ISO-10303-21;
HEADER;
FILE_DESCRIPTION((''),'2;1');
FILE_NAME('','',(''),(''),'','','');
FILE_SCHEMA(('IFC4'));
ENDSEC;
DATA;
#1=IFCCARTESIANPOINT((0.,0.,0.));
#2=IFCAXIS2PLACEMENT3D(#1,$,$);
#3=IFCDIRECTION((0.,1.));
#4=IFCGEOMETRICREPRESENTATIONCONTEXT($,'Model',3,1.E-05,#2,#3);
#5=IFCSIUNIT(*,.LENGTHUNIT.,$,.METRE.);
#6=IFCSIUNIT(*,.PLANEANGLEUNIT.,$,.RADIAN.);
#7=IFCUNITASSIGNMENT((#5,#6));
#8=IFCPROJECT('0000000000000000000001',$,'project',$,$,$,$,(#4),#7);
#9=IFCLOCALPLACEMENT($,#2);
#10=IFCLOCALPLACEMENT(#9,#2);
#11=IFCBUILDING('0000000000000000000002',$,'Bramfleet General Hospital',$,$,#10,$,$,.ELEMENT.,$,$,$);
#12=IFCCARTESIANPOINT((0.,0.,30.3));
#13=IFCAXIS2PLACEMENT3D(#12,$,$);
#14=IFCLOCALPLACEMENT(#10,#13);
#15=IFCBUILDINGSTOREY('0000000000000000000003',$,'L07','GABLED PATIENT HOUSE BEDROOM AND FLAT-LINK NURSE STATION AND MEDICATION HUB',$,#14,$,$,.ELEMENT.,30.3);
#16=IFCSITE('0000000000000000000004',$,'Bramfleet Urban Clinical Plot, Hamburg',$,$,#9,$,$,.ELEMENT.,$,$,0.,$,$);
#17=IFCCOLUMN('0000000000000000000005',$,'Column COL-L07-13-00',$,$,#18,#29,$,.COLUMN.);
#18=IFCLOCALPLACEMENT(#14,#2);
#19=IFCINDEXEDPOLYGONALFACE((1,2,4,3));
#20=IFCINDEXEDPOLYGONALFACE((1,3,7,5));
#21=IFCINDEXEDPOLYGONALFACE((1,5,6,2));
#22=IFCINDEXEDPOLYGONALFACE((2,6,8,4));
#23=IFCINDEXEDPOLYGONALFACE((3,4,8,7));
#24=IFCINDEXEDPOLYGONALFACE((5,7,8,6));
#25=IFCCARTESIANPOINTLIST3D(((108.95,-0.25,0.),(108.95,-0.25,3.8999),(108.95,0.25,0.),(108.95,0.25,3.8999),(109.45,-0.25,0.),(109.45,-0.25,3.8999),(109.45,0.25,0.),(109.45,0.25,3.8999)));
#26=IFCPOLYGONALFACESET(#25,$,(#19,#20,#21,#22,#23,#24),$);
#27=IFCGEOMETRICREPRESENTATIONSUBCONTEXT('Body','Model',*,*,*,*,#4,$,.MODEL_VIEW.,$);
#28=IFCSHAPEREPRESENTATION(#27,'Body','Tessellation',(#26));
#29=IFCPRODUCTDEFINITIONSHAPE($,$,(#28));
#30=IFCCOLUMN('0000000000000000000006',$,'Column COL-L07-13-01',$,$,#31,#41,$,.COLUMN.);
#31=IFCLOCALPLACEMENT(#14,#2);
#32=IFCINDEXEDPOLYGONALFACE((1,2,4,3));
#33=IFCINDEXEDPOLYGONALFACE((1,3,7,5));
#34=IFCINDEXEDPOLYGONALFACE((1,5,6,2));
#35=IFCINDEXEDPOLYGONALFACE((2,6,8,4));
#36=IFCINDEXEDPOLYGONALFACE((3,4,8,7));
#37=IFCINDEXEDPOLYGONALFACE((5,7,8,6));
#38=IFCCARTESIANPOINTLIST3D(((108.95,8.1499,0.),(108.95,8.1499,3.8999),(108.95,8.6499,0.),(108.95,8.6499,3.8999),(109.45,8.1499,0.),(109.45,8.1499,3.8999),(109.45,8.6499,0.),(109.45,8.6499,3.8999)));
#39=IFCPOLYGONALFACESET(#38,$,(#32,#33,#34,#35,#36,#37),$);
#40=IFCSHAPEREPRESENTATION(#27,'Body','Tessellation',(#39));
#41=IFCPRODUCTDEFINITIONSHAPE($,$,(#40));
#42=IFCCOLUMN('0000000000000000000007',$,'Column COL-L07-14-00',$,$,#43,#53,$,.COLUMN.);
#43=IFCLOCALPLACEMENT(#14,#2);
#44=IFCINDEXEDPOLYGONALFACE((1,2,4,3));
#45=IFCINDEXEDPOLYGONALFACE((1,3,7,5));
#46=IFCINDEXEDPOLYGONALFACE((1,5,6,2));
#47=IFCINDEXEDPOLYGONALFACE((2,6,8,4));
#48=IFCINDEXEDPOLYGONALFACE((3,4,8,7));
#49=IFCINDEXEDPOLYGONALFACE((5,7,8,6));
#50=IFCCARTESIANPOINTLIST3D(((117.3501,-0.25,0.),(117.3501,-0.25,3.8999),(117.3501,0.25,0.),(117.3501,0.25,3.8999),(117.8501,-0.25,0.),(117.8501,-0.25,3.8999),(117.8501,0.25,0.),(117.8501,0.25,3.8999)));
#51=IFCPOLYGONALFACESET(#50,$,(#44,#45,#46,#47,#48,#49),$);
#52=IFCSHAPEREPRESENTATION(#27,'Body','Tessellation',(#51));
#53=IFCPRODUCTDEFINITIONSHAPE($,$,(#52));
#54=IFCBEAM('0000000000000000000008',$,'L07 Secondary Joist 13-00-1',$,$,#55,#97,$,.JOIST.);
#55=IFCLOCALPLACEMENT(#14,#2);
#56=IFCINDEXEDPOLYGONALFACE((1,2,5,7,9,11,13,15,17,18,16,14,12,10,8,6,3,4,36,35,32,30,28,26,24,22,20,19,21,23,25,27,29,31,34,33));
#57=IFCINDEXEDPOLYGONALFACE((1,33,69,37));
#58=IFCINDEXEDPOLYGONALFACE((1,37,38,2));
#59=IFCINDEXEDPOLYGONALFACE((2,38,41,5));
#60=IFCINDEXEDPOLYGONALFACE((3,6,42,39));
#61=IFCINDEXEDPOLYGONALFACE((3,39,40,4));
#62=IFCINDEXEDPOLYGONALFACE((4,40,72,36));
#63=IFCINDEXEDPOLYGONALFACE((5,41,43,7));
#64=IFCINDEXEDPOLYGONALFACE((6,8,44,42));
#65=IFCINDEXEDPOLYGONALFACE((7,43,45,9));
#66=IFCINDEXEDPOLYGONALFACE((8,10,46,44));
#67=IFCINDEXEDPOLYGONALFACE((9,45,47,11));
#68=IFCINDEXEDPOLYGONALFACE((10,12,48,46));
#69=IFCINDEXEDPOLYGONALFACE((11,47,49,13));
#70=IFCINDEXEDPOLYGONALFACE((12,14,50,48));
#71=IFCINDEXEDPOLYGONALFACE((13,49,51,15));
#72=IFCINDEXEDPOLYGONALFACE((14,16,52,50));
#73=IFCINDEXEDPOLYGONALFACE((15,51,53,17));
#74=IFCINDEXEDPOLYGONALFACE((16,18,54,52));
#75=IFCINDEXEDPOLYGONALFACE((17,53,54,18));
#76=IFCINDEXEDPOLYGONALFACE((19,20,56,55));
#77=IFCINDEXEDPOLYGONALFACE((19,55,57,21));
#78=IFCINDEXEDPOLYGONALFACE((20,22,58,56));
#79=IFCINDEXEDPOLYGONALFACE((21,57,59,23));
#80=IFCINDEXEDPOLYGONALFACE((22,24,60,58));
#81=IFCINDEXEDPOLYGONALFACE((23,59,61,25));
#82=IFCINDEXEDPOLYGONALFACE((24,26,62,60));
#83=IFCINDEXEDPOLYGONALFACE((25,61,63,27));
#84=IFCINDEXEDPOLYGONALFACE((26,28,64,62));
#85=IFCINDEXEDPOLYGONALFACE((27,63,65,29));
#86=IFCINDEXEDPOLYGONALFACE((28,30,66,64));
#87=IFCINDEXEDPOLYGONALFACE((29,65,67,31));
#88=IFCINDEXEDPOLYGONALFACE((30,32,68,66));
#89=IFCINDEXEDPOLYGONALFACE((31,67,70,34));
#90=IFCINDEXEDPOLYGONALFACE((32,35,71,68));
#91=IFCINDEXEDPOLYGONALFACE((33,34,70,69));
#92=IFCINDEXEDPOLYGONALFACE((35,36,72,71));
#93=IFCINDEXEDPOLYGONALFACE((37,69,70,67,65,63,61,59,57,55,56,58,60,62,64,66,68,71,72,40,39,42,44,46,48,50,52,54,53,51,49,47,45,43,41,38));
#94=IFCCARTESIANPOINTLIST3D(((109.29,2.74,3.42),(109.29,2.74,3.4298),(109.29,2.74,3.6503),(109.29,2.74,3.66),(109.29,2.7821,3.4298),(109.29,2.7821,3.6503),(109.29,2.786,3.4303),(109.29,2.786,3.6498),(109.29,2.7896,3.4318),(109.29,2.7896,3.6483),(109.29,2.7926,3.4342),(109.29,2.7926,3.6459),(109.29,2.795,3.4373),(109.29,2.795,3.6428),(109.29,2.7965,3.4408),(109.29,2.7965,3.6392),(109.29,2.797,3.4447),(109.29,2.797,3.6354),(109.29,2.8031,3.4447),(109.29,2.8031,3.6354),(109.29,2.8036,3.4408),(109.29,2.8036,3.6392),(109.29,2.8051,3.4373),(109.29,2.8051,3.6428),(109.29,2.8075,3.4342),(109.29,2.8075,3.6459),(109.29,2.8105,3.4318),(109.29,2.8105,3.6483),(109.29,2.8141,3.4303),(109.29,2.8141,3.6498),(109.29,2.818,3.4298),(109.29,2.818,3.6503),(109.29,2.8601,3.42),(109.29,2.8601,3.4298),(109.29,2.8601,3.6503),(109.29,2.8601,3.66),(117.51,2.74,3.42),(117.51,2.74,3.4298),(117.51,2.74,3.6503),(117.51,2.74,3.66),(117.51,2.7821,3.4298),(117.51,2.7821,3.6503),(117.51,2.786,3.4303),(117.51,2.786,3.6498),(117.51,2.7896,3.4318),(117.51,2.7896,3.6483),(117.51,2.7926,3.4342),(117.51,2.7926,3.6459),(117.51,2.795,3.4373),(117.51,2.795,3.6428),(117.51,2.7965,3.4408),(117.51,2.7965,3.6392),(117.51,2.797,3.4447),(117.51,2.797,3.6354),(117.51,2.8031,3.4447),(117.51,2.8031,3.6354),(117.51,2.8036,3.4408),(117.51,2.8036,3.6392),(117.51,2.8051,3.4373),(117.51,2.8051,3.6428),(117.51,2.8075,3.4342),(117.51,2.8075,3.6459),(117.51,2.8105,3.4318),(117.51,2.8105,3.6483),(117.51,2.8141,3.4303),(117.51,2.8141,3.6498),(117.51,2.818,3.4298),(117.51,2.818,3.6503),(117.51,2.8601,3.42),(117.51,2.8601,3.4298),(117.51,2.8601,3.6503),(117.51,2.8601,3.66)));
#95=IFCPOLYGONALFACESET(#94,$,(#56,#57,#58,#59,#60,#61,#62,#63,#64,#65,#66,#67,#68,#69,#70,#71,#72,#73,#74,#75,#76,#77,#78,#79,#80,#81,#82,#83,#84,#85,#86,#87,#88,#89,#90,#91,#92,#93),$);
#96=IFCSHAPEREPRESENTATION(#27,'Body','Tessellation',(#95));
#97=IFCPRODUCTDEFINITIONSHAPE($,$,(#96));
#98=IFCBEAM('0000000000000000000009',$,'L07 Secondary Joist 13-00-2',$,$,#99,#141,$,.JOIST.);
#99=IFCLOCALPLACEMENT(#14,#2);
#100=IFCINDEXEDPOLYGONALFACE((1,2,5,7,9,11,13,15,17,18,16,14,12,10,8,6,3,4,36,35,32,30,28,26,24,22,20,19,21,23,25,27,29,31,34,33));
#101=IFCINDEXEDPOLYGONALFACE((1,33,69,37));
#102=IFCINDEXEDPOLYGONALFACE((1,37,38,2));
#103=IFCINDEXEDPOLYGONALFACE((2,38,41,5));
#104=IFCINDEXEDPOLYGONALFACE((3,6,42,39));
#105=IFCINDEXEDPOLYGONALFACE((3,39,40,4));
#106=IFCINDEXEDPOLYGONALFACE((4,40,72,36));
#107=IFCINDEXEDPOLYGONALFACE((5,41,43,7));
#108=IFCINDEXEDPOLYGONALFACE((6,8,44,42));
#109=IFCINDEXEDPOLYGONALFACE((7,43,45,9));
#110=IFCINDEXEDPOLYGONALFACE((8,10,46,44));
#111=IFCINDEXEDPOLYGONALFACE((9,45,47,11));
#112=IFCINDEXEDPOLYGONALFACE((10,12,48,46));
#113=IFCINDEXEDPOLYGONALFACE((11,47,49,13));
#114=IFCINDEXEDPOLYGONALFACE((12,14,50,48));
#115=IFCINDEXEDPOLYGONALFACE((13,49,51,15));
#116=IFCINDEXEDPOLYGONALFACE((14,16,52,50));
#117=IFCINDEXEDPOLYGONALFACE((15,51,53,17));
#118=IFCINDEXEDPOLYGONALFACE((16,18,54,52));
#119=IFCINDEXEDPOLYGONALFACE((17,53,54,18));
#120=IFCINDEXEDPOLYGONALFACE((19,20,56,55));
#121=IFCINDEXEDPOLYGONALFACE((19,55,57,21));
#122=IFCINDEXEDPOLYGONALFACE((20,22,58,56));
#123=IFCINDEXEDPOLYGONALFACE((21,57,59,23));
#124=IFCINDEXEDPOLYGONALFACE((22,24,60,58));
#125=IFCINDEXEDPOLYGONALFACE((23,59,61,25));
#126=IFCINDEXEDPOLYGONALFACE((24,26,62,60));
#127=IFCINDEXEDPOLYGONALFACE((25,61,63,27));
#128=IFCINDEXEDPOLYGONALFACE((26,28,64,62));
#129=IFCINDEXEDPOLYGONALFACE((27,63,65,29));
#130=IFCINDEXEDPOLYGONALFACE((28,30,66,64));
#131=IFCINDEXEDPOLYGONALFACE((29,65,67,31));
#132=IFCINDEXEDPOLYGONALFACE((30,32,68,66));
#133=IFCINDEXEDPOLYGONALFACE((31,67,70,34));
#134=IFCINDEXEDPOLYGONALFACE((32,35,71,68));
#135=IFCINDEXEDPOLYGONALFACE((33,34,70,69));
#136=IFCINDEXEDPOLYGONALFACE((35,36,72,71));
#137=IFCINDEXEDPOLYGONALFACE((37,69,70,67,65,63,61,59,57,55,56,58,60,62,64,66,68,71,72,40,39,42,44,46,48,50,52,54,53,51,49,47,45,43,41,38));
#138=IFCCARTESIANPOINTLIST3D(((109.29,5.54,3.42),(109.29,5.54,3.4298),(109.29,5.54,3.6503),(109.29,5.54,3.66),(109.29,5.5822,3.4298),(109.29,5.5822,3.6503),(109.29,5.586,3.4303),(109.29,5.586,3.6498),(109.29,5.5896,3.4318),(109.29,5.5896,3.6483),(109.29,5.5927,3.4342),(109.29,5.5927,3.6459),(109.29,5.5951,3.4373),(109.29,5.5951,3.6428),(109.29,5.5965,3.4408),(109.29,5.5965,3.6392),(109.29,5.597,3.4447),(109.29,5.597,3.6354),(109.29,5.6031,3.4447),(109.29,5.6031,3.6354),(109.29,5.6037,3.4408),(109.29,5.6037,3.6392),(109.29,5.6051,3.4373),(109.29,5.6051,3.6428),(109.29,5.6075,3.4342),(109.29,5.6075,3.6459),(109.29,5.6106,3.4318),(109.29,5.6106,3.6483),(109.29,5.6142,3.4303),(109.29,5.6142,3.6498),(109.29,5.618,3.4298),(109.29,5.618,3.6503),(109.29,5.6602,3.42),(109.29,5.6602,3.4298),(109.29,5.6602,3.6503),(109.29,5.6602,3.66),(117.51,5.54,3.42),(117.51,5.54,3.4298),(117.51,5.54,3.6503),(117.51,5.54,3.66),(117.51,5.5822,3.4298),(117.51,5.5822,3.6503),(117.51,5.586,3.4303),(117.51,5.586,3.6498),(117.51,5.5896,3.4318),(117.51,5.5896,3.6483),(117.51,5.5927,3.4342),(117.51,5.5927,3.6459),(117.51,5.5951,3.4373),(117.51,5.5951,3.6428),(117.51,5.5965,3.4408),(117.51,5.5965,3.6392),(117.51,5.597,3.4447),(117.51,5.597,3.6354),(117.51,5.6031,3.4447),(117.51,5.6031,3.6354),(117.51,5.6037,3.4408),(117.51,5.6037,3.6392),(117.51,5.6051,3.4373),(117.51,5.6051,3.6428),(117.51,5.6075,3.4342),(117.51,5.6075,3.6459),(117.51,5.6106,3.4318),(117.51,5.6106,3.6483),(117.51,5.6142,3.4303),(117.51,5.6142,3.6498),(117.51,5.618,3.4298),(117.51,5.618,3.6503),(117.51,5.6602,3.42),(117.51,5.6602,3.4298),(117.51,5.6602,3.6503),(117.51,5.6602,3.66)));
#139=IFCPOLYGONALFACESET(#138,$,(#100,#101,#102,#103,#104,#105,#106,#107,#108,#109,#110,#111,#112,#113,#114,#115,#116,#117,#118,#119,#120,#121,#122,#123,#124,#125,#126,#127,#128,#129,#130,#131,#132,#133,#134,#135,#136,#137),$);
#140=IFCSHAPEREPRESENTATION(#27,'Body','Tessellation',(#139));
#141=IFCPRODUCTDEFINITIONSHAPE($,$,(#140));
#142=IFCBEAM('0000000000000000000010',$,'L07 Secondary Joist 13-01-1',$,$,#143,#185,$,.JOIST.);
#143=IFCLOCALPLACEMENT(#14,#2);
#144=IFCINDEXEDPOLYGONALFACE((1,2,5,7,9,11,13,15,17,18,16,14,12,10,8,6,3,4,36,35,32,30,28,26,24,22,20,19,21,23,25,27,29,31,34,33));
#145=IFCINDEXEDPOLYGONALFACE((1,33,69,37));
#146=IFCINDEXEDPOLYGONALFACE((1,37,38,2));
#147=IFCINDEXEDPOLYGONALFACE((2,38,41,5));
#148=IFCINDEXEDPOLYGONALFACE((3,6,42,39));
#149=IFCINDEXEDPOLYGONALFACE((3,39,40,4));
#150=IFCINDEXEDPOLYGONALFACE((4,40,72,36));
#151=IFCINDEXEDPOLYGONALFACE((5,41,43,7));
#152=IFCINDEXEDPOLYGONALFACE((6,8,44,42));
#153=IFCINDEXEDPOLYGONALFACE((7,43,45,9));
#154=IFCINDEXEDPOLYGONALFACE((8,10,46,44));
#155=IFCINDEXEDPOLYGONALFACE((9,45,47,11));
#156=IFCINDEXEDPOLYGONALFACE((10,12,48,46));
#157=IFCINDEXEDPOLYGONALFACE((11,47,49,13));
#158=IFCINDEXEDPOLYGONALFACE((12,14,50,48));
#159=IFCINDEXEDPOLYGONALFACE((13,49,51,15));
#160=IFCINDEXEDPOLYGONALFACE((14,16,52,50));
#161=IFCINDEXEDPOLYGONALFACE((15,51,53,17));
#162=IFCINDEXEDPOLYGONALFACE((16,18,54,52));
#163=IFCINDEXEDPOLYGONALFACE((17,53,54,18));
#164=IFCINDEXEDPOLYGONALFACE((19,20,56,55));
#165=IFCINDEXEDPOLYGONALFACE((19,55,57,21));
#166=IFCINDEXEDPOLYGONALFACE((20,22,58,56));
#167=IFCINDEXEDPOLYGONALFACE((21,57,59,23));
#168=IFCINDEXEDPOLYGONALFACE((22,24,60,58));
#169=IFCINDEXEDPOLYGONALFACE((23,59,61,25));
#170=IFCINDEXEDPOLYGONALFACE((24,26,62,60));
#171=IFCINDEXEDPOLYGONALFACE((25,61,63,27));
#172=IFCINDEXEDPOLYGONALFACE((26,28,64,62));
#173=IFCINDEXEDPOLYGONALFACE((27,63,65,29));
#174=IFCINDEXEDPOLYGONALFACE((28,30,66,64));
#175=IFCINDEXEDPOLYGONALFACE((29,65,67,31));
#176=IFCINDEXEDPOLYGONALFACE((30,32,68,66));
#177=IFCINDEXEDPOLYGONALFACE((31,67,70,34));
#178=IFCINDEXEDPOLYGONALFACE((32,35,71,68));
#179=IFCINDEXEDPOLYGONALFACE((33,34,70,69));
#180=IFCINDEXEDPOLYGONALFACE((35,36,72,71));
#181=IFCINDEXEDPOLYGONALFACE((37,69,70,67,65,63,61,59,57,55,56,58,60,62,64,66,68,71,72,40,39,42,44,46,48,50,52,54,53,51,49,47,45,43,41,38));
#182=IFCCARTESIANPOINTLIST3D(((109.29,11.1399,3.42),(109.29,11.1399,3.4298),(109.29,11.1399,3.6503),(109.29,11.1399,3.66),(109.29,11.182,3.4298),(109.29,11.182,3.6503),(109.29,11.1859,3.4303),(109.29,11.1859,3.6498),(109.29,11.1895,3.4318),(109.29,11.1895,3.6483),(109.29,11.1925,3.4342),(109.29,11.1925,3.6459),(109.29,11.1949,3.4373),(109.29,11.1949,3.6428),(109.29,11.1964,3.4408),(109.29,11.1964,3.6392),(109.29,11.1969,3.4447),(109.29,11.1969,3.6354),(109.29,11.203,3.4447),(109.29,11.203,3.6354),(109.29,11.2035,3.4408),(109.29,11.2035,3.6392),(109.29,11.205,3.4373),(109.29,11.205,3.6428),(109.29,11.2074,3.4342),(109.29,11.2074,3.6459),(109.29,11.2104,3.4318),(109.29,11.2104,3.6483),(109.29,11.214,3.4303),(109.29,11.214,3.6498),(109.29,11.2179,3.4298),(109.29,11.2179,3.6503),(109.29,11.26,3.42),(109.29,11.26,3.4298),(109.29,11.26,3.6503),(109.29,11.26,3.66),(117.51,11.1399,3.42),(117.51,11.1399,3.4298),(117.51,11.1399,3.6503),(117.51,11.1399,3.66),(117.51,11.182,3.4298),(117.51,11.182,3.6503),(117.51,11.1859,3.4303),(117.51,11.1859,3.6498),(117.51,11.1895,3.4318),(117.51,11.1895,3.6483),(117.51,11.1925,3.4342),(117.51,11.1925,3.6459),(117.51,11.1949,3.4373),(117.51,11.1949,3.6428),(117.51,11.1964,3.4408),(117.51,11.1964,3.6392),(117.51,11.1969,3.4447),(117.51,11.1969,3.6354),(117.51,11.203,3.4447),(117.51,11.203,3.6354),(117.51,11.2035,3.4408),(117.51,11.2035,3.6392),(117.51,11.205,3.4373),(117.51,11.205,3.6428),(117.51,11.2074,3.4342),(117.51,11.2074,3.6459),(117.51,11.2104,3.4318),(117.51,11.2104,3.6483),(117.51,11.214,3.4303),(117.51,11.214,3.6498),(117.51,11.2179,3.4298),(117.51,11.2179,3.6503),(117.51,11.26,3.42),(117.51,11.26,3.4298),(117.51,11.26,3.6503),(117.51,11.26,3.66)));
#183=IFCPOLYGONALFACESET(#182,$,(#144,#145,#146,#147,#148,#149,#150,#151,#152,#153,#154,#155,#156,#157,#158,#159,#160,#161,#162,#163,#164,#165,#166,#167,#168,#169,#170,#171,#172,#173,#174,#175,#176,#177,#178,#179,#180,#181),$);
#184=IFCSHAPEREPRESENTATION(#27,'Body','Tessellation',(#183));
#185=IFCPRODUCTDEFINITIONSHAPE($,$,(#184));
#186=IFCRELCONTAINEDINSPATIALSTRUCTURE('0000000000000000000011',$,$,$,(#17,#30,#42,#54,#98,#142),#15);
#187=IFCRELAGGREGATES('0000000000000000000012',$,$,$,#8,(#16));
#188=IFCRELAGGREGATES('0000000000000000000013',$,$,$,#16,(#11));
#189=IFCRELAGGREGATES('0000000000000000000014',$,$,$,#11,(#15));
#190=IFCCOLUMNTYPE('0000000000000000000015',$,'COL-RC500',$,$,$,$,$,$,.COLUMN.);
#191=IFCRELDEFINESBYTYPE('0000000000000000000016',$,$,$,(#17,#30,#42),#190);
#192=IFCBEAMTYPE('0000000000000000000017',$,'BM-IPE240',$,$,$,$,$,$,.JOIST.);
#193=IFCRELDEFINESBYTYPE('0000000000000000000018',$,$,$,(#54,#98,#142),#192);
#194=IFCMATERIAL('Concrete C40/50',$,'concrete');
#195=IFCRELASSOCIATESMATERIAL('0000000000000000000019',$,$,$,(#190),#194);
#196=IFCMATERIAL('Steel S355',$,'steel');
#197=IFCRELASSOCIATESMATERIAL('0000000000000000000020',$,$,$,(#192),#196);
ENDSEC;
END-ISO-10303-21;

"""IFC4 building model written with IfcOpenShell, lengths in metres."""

from ifc_helpers import new_model, si_unit, direction, frame, origin, origin_2d, place, context, subcontext, project, spatial, rectangle, i_section, extrude, material, material_profile, profile_set, type_object, element, save


model = new_model("IFC4")

# Units and contexts
model_context = context("Model", 3, precision=1e-05, world=origin(), true_north=direction((0.0, 1.0)))
body_context = subcontext(model_context, "Body", "Model", "MODEL_VIEW")
ifc_project = project(units=[si_unit("LENGTHUNIT", "METRE"), si_unit("PLANEANGLEUNIT", "RADIAN")], contexts=[model_context])

# Site, building, storey
site_placement = place(None, origin())
site = spatial("IfcSite", under=ifc_project, at=site_placement, Name="Bramfleet Urban Clinical Plot, Hamburg", CompositionType="ELEMENT", RefElevation=0.0)
building_placement = place(site_placement, origin())
building = spatial("IfcBuilding", under=site, at=building_placement, Name="Bramfleet General Hospital", CompositionType="ELEMENT")
storey_placement = place(building_placement, frame((0.0, 0.0, 30.3)))
storey = spatial("IfcBuildingStorey", under=building, at=storey_placement, Name="L07", Description="GABLED PATIENT HOUSE BEDROOM AND FLAT-LINK NURSE STATION AND MEDICATION HUB", CompositionType="ELEMENT", Elevation=30.3)

# Columns
ifc_material_1 = material(Name="Concrete C40/50", Category="concrete")
ifc_material_profile_1 = material_profile(ifc_material_1, rectangle(XDim=0.5, YDim=0.5, at=origin_2d()), Name="RC COL 500x500")
ifc_profile_set_1 = profile_set([ifc_material_profile_1], Name="Concrete C40/50")
column_type = type_object("IfcColumnType", Name="COL-RC500", PredefinedType="COLUMN", material=ifc_profile_set_1)
for number, where, z_axis, x_axis, name in (
    (1, (109.2, 0.0, 0.0), (0.0, 0.0, 1.0), (1.0, 0.0, 0.0), "Column COL-L07-13-00"),
    (2, (109.2, 8.3999, 0.0), (0.0, 0.0, 1.0), (1.0, 0.0, 0.0), "Column COL-L07-13-01"),
    (3, (117.6001, 0.0, 0.0), (0.0, 0.0, 1.0), (1.0, 0.0, 0.0), "Column COL-L07-14-00"),
):
    element("IfcColumn", number, at=place(storey_placement, frame(where, z_axis=z_axis, x_axis=x_axis)), inside=storey, type_object=column_type, Name=name, PredefinedType="COLUMN", context=body_context, shape_type="SweptSolid", body=[
        extrude(rectangle(XDim=0.5, YDim=0.5, at=origin_2d()), origin(), (0.0, 0.0, 1.0), 3.8999),
    ])

# Beams
ifc_material_2 = material(Name="Steel S355", Category="steel")
ifc_material_profile_2 = material_profile(ifc_material_2, i_section(OverallWidth=0.1201, OverallDepth=0.24, WebThickness=0.0061, FlangeThickness=0.0098, FilletRadius=0.0149, at=origin_2d()), Name="IPE 240")
ifc_profile_set_2 = profile_set([ifc_material_profile_2], Name="Steel S355")
beam_type_1 = type_object("IfcBeamType", Name="BM-IPE240", PredefinedType="JOIST", material=ifc_profile_set_2)
for number, where, z_axis, x_axis, name in (
    (4, (109.29, 2.8, 3.54), (1.0, 0.0, 0.0), (0.0, 1.0, 0.0), "L07 Secondary Joist 13-00-1"),
    (5, (109.29, 5.6001, 3.54), (1.0, 0.0, 0.0), (0.0, 1.0, 0.0), "L07 Secondary Joist 13-00-2"),
    (6, (109.29, 11.2, 3.54), (1.0, 0.0, 0.0), (0.0, 1.0, 0.0), "L07 Secondary Joist 13-01-1"),
):
    element("IfcBeam", number, at=place(storey_placement, frame(where, z_axis=z_axis, x_axis=x_axis)), inside=storey, type_object=beam_type_1, Name=name, PredefinedType="JOIST", context=body_context, shape_type="SweptSolid", body=[
        extrude(i_section(OverallWidth=0.1201, OverallDepth=0.24, WebThickness=0.0061, FlangeThickness=0.0098, FilletRadius=0.0149, at=origin_2d()), origin(), (0.0, 0.0, 1.0), 8.22),
    ])

save(model, "model.ifc")
